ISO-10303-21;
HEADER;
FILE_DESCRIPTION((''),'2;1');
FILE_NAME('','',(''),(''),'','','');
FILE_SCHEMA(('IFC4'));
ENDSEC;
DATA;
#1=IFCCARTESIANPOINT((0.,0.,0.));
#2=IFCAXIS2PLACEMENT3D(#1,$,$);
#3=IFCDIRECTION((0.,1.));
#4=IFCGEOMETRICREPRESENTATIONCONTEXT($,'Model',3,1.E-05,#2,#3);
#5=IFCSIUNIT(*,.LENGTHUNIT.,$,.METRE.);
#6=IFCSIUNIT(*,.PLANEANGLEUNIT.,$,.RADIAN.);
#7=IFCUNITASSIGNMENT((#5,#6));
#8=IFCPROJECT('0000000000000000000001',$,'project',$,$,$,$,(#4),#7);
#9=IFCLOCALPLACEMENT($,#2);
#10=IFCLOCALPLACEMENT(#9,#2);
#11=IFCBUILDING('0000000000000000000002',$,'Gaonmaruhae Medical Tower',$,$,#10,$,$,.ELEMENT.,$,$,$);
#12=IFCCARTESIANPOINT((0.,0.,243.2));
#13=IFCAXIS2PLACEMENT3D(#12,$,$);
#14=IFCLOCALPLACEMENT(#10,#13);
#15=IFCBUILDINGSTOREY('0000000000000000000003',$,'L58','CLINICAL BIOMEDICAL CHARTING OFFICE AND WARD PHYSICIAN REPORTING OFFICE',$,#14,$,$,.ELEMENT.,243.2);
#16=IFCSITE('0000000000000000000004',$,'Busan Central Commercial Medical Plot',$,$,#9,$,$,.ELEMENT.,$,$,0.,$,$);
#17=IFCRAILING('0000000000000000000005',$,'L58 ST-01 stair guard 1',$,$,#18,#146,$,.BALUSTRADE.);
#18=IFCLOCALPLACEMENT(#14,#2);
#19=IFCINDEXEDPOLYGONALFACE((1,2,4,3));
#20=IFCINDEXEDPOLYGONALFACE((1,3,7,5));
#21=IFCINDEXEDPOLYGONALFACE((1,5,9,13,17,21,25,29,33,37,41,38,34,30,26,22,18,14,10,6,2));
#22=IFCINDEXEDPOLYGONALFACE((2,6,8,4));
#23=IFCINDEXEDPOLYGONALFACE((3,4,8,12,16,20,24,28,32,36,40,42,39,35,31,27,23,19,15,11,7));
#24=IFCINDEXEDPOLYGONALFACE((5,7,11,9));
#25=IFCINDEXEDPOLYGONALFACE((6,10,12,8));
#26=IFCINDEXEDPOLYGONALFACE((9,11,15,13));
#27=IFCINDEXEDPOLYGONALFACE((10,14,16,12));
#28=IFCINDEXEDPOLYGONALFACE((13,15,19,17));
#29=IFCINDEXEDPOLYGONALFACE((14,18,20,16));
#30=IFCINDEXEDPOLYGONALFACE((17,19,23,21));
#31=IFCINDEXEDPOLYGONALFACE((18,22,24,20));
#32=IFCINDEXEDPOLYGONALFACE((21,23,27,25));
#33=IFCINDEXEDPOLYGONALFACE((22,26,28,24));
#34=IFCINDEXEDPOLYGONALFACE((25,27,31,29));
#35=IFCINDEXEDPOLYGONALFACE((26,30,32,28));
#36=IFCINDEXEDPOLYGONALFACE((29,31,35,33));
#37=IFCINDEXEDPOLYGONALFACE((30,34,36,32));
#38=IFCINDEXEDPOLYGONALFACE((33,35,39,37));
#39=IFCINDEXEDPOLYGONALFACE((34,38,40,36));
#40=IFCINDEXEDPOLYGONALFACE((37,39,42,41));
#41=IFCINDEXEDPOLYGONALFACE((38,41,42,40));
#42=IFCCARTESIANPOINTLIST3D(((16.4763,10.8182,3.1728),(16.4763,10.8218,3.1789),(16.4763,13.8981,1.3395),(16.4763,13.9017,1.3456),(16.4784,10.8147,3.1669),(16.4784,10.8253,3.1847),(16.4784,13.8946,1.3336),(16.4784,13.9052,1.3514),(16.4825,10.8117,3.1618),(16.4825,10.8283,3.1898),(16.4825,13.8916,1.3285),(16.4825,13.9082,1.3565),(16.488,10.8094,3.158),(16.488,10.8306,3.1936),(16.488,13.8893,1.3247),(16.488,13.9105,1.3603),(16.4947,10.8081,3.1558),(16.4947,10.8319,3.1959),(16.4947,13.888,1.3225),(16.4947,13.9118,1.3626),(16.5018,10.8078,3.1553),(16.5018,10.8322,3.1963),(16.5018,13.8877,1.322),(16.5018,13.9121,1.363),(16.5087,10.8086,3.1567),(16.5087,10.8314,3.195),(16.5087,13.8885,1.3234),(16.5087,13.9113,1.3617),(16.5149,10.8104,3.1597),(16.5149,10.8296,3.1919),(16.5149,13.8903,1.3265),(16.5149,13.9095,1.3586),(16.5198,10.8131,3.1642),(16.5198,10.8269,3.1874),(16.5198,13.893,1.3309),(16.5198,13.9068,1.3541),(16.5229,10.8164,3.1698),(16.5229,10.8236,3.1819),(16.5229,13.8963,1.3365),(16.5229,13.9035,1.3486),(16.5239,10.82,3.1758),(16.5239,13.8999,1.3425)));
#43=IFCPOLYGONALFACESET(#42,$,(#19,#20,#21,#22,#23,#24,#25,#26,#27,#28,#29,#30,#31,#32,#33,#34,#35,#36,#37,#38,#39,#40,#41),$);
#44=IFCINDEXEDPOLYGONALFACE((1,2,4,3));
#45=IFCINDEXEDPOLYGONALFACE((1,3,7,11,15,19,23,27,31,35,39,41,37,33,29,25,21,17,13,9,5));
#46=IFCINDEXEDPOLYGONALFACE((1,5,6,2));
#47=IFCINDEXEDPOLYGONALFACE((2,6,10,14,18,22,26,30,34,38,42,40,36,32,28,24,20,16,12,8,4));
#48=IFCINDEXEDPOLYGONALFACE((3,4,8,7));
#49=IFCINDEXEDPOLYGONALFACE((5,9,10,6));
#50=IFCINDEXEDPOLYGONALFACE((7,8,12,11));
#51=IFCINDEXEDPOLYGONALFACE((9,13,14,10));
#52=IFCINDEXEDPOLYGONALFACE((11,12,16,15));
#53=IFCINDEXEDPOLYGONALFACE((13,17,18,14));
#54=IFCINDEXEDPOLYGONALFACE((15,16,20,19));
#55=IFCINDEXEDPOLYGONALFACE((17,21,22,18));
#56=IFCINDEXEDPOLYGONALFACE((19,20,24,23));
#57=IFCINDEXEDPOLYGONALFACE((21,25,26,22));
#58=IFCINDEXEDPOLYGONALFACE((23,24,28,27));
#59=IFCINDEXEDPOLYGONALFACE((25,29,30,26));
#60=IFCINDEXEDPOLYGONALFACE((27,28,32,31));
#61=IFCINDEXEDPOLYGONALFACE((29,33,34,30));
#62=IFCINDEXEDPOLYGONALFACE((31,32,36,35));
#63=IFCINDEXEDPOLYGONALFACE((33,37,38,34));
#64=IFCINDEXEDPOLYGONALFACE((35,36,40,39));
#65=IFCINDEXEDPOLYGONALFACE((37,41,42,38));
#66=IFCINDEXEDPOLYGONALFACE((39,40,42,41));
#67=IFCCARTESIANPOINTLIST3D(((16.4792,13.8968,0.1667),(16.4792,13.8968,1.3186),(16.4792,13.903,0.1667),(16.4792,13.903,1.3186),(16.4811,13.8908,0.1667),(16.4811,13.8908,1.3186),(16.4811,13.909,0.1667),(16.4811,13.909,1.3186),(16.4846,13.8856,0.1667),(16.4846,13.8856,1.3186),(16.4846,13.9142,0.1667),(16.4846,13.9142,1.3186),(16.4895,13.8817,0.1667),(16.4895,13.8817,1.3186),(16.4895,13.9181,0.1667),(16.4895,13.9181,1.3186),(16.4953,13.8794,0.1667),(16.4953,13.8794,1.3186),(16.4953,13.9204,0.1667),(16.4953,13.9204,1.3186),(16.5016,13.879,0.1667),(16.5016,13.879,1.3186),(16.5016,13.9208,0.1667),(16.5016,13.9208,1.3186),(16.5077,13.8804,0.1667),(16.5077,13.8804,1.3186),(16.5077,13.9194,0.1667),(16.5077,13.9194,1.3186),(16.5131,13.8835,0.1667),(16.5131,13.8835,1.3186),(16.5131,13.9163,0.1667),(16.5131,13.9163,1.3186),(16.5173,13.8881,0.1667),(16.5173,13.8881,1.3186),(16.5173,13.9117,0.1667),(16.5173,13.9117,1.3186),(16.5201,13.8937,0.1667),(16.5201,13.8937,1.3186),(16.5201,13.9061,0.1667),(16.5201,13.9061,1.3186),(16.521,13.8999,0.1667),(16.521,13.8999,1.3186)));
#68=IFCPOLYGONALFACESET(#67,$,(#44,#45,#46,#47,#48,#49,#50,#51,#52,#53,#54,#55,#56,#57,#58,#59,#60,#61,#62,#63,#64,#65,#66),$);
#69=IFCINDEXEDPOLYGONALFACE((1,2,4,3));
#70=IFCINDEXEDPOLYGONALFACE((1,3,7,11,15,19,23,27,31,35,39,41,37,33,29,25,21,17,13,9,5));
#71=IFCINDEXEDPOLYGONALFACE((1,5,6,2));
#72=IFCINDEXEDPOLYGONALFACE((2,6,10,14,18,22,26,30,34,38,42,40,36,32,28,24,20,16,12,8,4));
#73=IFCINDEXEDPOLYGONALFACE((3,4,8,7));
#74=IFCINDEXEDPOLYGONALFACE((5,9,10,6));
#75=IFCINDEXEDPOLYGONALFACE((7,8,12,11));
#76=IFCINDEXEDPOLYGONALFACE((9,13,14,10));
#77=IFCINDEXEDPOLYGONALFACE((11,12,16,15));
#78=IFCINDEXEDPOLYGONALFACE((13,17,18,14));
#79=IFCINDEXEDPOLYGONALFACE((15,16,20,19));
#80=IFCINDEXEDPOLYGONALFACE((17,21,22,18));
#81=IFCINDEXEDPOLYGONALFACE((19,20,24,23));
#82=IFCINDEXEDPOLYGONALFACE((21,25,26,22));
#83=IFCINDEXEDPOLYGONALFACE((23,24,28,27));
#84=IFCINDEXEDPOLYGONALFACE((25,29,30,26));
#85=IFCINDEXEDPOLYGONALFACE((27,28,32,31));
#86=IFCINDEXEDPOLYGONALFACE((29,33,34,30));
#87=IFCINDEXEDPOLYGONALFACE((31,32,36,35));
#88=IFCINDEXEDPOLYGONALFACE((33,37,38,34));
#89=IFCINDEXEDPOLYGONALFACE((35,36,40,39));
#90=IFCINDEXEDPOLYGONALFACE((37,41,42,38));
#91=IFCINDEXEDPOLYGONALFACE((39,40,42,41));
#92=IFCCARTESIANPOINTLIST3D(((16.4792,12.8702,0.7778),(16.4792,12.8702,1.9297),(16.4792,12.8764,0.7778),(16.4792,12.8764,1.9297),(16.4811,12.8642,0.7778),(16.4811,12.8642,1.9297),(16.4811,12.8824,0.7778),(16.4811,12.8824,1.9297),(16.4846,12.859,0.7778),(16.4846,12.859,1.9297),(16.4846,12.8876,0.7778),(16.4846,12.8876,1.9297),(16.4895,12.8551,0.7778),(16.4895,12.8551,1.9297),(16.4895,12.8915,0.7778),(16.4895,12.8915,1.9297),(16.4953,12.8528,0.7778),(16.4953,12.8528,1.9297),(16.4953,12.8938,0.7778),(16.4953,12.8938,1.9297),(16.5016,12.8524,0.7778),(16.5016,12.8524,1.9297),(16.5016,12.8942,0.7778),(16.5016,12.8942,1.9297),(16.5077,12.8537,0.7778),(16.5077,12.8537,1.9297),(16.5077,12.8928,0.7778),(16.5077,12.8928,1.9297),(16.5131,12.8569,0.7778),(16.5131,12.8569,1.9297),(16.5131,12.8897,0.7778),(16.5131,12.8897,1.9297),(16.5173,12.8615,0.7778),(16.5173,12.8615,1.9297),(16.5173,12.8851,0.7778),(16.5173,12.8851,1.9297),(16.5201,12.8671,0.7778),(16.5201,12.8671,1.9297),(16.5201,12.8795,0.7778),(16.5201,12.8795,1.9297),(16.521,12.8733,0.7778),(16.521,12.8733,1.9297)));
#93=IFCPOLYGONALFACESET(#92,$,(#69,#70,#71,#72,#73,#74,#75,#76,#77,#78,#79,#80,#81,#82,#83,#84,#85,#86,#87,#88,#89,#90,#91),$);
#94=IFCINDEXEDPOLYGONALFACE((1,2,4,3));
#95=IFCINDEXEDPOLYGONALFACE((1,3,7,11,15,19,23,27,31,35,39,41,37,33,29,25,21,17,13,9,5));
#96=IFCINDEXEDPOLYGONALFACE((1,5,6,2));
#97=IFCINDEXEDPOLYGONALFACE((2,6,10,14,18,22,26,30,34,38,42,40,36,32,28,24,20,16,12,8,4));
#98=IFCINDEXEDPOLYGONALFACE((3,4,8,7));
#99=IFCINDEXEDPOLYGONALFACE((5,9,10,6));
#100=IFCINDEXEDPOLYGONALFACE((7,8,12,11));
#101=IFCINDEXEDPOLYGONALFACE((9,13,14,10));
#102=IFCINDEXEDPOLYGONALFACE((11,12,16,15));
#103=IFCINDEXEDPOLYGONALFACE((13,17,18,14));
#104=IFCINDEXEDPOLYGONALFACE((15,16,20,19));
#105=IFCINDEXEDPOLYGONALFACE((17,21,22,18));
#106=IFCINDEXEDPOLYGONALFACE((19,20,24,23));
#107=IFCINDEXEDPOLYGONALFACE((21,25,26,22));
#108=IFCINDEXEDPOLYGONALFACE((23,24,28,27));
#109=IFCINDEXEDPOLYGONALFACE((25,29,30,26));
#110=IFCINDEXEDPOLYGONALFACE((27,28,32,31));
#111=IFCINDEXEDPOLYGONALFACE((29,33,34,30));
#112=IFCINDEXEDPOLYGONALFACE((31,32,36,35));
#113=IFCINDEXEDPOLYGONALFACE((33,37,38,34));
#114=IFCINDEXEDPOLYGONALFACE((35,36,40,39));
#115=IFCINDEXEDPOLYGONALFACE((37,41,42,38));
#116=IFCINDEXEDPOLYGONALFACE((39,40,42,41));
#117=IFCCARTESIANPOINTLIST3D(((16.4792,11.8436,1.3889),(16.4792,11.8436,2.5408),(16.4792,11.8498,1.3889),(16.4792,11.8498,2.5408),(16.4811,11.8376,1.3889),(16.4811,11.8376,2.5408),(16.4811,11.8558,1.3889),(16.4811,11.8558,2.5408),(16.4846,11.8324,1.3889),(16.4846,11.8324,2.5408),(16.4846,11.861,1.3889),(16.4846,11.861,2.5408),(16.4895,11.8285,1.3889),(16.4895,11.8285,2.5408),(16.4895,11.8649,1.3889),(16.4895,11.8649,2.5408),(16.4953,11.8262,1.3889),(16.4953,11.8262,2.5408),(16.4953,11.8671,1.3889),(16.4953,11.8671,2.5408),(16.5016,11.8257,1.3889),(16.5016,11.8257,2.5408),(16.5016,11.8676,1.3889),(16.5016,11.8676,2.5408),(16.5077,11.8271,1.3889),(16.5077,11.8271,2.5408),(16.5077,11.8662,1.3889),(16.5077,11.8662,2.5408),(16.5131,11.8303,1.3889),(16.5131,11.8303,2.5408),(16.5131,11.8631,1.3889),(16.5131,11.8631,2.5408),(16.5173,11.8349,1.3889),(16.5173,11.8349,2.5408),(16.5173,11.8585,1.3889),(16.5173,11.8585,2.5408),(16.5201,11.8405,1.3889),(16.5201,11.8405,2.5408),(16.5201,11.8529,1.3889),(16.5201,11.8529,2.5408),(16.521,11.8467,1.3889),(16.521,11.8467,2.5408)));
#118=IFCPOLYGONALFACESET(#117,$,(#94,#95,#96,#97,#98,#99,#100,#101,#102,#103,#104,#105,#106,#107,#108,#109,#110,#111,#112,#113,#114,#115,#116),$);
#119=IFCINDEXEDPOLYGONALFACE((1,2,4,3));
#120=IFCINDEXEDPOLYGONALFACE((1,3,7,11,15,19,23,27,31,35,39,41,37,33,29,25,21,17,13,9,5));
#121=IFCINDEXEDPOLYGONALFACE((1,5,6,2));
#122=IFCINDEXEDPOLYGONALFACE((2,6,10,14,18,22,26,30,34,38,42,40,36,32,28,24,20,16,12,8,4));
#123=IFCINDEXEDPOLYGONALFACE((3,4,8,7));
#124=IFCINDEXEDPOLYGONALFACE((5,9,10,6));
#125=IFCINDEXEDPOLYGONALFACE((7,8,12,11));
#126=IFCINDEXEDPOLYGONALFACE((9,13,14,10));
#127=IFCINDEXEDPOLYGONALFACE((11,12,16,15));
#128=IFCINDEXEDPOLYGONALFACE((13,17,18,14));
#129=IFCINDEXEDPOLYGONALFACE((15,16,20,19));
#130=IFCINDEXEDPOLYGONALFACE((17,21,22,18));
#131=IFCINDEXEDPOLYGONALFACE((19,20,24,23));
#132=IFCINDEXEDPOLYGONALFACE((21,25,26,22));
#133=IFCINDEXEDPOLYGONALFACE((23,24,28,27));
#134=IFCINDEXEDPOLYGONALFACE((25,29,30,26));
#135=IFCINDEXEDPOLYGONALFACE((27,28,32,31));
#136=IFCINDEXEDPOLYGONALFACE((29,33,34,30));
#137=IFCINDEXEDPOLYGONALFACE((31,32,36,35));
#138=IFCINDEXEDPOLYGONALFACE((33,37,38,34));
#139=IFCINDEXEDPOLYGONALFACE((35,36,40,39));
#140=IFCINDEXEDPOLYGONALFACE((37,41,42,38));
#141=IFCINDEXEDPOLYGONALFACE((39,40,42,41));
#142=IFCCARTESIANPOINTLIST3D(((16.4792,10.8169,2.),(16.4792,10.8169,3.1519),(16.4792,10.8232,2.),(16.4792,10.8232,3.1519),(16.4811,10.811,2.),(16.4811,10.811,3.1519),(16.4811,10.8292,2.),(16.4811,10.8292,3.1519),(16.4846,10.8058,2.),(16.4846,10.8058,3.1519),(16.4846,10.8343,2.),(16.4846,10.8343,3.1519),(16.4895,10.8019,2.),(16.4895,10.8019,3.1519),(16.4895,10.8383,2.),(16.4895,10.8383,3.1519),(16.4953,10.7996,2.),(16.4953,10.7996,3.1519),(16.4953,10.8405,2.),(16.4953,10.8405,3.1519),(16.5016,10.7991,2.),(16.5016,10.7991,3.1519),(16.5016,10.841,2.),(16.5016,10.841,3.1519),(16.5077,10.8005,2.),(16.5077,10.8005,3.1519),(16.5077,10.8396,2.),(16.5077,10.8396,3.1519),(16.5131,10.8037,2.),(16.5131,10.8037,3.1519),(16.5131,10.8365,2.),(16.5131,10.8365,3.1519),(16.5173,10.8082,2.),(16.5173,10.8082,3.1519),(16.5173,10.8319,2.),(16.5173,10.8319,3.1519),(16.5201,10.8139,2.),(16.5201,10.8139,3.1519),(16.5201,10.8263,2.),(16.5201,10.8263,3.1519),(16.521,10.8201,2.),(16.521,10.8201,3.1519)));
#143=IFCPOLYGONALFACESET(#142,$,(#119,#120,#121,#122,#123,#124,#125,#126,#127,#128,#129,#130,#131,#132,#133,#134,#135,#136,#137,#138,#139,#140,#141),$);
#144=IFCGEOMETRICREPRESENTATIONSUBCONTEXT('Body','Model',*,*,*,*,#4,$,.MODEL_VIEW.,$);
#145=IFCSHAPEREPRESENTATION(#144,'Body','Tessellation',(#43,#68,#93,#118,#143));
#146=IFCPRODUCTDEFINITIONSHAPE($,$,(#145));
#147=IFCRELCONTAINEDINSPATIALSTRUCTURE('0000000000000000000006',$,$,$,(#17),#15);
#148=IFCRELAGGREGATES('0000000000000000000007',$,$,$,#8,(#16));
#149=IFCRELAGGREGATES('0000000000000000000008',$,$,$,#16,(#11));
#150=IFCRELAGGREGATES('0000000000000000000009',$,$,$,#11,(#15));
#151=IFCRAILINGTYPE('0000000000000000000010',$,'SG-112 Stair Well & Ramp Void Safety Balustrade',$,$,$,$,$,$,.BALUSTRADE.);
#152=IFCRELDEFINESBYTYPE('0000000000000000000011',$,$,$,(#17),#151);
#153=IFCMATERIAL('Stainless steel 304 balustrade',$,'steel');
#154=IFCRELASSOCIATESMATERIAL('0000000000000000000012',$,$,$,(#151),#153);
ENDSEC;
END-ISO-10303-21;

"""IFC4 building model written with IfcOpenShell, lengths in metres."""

from ifc_helpers import new_model, si_unit, direction, frame, origin, origin_2d, place, context, subcontext, project, spatial, circle, extrude, material, type_object, element, save


model = new_model("IFC4")

# Units and contexts
model_context = context("Model", 3, precision=1e-05, world=origin(), true_north=direction((0.0, 1.0)))
body_context = subcontext(model_context, "Body", "Model", "MODEL_VIEW")
ifc_project = project(units=[si_unit("LENGTHUNIT", "METRE"), si_unit("PLANEANGLEUNIT", "RADIAN")], contexts=[model_context])

# Site, building, storey
site_placement = place(None, origin())
site = spatial("IfcSite", under=ifc_project, at=site_placement, Name="Busan Central Commercial Medical Plot", CompositionType="ELEMENT", RefElevation=0.0)
building_placement = place(site_placement, origin())
building = spatial("IfcBuilding", under=site, at=building_placement, Name="Gaonmaruhae Medical Tower", CompositionType="ELEMENT")
storey_placement = place(building_placement, frame((0.0, 0.0, 243.2)))
storey = spatial("IfcBuildingStorey", under=building, at=storey_placement, Name="L58", Description="CLINICAL BIOMEDICAL CHARTING OFFICE AND WARD PHYSICIAN REPORTING OFFICE", CompositionType="ELEMENT", Elevation=243.2)

# Railing
ifc_material_1 = material(Name="Stainless steel 304 balustrade", Category="steel")
railing_type_1 = type_object("IfcRailingType", Name="SG-112 Stair Well & Ramp Void Safety Balustrade", PredefinedType="BALUSTRADE", material=ifc_material_1)
railing_1_placement = place(storey_placement, frame((16.5, 13.8999, 0.1667)))
element("IfcRailing", 1, at=railing_1_placement, inside=storey, type_object=railing_type_1, Name="L58 ST-01 stair guard 1", PredefinedType="BALUSTRADE", context=body_context, shape_type="SweptSolid", body=[
    extrude(circle(Radius=0.0239, at=origin_2d()), frame((0.0, 0.0, 1.1758), z_axis=(0.0, -0.859291, 0.511487), x_axis=(1.0, 0.0, 0.0)), (0.0, 0.0, 1.0), 3.5842),
    extrude(circle(Radius=0.021, at=origin_2d()), origin(), (0.0, 0.0, 1.0), 1.1519),
    extrude(circle(Radius=0.021, at=origin_2d()), frame((0.0, -1.0266, 0.6111)), (0.0, 0.0, 1.0), 1.1519),
    extrude(circle(Radius=0.021, at=origin_2d()), frame((0.0, -2.0532, 1.2222)), (0.0, 0.0, 1.0), 1.1519),
    extrude(circle(Radius=0.021, at=origin_2d()), frame((0.0, -3.0798, 1.8333)), (0.0, 0.0, 1.0), 1.1519),
])

save(model, "model.ifc")
